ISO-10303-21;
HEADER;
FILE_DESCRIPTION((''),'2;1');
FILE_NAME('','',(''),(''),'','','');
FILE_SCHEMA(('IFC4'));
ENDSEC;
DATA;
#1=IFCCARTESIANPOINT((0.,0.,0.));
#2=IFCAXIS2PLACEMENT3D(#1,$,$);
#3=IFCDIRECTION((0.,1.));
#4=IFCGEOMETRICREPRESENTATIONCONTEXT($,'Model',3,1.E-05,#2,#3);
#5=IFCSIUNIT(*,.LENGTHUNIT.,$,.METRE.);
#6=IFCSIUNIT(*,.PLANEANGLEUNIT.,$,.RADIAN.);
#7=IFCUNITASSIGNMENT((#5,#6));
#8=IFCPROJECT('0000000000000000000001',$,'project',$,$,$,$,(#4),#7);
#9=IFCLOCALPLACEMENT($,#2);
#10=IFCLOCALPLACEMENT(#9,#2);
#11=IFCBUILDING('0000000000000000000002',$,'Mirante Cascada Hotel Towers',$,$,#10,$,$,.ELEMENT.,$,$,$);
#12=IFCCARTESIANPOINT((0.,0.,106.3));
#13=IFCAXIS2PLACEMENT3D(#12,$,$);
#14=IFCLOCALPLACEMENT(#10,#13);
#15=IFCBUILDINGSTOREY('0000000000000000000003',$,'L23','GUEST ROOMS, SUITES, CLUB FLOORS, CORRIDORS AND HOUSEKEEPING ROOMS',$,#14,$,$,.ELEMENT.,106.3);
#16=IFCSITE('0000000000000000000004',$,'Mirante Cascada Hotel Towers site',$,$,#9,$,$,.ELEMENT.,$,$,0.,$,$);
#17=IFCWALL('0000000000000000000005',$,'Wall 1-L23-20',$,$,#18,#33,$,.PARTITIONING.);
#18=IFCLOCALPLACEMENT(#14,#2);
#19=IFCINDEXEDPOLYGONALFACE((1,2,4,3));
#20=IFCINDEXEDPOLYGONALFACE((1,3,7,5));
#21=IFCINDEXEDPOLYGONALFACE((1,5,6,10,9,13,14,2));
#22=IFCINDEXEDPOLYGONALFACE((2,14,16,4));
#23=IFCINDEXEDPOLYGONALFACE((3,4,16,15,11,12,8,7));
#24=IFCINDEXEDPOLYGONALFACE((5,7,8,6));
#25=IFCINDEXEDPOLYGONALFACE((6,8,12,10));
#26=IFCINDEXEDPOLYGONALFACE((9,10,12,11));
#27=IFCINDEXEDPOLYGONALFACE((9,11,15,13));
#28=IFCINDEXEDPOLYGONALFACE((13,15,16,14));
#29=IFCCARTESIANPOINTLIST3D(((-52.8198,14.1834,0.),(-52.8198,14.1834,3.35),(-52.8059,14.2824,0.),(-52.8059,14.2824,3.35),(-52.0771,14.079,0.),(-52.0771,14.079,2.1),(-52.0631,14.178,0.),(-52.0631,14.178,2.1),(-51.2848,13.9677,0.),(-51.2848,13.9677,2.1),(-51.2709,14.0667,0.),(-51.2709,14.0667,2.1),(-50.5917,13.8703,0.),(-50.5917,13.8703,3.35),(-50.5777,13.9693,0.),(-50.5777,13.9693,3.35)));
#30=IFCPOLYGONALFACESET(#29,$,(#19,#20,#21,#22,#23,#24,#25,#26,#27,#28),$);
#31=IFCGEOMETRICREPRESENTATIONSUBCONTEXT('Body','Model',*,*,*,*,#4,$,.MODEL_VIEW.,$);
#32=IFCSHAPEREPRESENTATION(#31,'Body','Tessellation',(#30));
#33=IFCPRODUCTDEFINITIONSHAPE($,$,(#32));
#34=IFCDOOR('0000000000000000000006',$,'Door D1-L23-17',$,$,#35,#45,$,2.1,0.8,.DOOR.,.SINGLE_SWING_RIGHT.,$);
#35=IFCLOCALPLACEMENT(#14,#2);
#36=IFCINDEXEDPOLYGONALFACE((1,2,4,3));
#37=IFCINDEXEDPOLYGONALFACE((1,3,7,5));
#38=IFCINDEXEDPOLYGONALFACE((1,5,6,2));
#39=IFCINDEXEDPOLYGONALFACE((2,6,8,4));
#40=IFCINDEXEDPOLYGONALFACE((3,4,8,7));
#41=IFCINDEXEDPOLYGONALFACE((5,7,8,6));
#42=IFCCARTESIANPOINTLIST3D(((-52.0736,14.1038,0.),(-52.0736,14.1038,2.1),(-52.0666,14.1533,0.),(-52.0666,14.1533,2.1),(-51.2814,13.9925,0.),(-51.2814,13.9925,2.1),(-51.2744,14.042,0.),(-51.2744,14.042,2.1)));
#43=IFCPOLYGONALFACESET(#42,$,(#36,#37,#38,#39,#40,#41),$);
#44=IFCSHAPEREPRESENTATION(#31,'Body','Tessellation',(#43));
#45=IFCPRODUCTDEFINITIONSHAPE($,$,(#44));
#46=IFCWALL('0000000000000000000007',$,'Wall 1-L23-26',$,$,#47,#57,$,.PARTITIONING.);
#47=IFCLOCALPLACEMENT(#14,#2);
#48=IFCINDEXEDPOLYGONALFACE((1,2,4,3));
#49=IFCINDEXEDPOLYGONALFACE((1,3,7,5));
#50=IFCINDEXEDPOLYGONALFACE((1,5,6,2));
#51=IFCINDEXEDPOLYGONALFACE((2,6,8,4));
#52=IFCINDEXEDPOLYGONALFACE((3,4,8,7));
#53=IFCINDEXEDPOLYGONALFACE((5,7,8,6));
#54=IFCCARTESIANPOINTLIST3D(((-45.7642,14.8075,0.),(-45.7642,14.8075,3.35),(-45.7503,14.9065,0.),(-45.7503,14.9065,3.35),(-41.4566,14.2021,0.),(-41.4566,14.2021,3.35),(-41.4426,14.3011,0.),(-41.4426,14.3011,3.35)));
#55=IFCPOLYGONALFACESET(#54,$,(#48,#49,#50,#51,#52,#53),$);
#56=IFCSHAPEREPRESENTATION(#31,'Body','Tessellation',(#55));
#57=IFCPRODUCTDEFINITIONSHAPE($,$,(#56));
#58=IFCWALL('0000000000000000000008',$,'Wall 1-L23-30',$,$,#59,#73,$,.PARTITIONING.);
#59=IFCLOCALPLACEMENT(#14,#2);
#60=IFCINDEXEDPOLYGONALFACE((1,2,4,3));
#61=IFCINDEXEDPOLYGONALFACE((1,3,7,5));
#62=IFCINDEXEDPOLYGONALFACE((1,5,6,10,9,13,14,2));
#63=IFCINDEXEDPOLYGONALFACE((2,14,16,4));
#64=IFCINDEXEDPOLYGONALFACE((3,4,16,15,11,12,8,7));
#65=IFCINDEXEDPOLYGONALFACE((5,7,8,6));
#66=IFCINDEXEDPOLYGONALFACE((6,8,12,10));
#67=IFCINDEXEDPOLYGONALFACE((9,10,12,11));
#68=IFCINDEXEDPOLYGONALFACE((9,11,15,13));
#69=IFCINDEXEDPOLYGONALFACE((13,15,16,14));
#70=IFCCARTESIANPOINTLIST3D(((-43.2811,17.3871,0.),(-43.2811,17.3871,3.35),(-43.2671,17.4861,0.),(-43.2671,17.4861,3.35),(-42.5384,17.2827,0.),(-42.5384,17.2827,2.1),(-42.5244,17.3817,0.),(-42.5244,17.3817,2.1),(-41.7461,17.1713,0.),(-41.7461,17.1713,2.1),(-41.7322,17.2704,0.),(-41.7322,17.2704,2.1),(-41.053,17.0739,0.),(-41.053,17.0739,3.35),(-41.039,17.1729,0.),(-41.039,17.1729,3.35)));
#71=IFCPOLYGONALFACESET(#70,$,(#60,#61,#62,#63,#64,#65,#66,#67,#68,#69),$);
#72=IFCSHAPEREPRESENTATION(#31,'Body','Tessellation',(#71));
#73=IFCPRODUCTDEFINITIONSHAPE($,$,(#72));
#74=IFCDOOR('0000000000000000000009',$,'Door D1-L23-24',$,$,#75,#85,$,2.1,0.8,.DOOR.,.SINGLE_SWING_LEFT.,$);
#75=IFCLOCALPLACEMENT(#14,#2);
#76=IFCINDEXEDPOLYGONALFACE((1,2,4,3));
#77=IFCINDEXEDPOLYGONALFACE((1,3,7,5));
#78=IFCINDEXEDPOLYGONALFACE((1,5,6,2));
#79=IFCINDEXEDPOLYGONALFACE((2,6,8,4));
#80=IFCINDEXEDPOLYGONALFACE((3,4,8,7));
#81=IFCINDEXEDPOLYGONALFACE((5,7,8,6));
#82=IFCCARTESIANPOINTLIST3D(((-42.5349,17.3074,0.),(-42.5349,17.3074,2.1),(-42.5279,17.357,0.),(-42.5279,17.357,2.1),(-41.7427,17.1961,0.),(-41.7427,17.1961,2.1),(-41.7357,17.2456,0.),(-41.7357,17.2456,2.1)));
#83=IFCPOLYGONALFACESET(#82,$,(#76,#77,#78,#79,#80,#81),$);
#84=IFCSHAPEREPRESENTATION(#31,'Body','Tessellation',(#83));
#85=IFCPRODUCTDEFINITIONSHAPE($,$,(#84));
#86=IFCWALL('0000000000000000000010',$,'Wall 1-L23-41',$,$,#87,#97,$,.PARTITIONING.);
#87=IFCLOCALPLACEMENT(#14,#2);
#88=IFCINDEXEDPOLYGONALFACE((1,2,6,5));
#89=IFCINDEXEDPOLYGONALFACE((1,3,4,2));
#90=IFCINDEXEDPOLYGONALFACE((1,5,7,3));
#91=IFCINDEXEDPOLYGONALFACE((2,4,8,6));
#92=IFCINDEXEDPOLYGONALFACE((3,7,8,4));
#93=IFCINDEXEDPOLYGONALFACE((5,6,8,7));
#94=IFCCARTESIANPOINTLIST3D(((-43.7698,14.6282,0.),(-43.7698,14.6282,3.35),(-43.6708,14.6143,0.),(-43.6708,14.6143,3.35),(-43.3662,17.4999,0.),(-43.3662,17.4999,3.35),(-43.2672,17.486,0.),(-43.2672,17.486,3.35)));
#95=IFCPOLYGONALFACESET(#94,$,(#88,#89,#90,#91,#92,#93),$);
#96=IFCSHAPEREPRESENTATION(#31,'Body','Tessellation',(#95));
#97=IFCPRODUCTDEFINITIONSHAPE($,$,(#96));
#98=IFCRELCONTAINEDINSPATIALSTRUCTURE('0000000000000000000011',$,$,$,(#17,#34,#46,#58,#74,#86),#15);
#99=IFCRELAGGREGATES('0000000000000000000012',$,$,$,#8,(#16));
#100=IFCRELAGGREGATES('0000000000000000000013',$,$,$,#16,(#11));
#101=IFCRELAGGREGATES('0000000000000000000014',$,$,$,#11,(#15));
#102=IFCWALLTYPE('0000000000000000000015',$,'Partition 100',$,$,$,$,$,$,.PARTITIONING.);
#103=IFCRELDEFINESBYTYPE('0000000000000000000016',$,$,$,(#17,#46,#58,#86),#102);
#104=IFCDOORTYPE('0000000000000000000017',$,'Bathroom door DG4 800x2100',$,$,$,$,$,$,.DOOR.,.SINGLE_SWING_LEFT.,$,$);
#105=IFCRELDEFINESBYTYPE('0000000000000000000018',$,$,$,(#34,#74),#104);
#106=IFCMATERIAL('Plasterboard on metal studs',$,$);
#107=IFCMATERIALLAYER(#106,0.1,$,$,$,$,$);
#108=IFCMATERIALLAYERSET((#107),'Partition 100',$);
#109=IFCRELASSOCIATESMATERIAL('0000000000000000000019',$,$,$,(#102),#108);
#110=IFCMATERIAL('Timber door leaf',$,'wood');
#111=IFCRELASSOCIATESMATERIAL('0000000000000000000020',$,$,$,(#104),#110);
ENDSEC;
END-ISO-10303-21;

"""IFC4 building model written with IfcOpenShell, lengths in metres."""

from ifc_helpers import new_model, si_unit, direction, frame, frame_2d, origin, place, context, subcontext, project, spatial, rectangle, extrude, material, layer, layer_set, type_object, element, fill, save


model = new_model("IFC4")

# Units and contexts
model_context = context("Model", 3, precision=1e-05, world=origin(), true_north=direction((0.0, 1.0)))
body_context = subcontext(model_context, "Body", "Model", "MODEL_VIEW")
ifc_project = project(units=[si_unit("LENGTHUNIT", "METRE"), si_unit("PLANEANGLEUNIT", "RADIAN")], contexts=[model_context])

# Site, building, storey
site_placement = place(None, origin())
site = spatial("IfcSite", under=ifc_project, at=site_placement, Name="Mirante Cascada Hotel Towers site", CompositionType="ELEMENT", RefElevation=0.0)
building_placement = place(site_placement, origin())
building = spatial("IfcBuilding", under=site, at=building_placement, Name="Mirante Cascada Hotel Towers", CompositionType="ELEMENT")
storey_placement = place(building_placement, frame((0.0, 0.0, 106.3)))
storey = spatial("IfcBuildingStorey", under=building, at=storey_placement, Name="L23", Description="GUEST ROOMS, SUITES, CLUB FLOORS, CORRIDORS AND HOUSEKEEPING ROOMS", CompositionType="ELEMENT", Elevation=106.3)

# Wall, opening, door
ifc_material_1 = material(Name="Plasterboard on metal studs")
ifc_layer_1 = layer(ifc_material_1, 0.1)
ifc_layer_set_1 = layer_set([ifc_layer_1], Name="Partition 100")
wall_type_1 = type_object("IfcWallType", Name="Partition 100", PredefinedType="PARTITIONING", material=ifc_layer_set_1)
ifc_material_2 = material(Name="Timber door leaf", Category="wood")
door_type = type_object("IfcDoorType", Name="Bathroom door DG4 800x2100", OperationType="SINGLE_SWING_LEFT", PredefinedType="DOOR", material=ifc_material_2)
wall_1_placement = place(storey_placement, frame((-50.5847, 13.9198, 0.0), z_axis=(0.0, 0.0, 1.0), x_axis=(-0.990271, 0.139156, 0.0)))
wall_1 = element("IfcWall", 1, at=wall_1_placement, inside=storey, type_object=wall_type_1, Name="Wall 1-L23-20", PredefinedType="PARTITIONING", context=body_context, shape_type="SweptSolid", body=[
    extrude(rectangle(XDim=2.25, YDim=0.1, at=frame_2d((1.125, 0.0))), origin(), (0.0, 0.0, 1.0), 3.35),
])
opening_1_placement = place(wall_1_placement, frame((0.7, 0.0, 0.0)))
opening_1 = element("IfcOpeningElement", 2, at=opening_1_placement, cuts=wall_1, PredefinedType="OPENING", context=body_context, shape_type="SweptSolid", body=[
    extrude(rectangle(XDim=0.8, YDim=2.1, at=frame_2d((0.4, 1.05))), frame((0.0, 0.05, 0.0), z_axis=(0.0, -1.0, 0.0), x_axis=(1.0, 0.0, 0.0)), (0.0, 0.0, 1.0), 0.1),
])
door_1_placement = place(opening_1_placement, frame((0.8, 0.0, 0.0), z_axis=(0.0, 0.0, 1.0), x_axis=(-1.0, 0.0, 0.0)))
door_1 = element("IfcDoor", 3, at=door_1_placement, inside=storey, type_object=door_type, Name="Door D1-L23-17", OperationType="SINGLE_SWING_RIGHT", OverallHeight=2.1, OverallWidth=0.8, PredefinedType="DOOR", context=body_context, shape_type="SweptSolid", body=[
    extrude(rectangle(XDim=0.8, YDim=2.1, at=frame_2d((0.4, 1.05))), frame((0.0, 0.025, 0.0), z_axis=(0.0, -1.0, 0.0), x_axis=(1.0, 0.0, 0.0)), (0.0, 0.0, 1.0), 0.05),
])
fill(opening_1, door_1)

# Wall
wall_2_placement = place(storey_placement, frame((-41.4496, 14.2516, 0.0), z_axis=(0.0, 0.0, 1.0), x_axis=(-0.990268, 0.139171, 0.0)))
element("IfcWall", 4, at=wall_2_placement, inside=storey, type_object=wall_type_1, Name="Wall 1-L23-26", PredefinedType="PARTITIONING", context=body_context, shape_type="SweptSolid", body=[
    extrude(rectangle(XDim=4.35, YDim=0.1, at=frame_2d((2.175, 0.0))), origin(), (0.0, 0.0, 1.0), 3.35),
])

# Wall, opening, door
wall_3_placement = place(storey_placement, frame((-41.046, 17.1234, 0.0), z_axis=(0.0, 0.0, 1.0), x_axis=(-0.990264, 0.1392, 0.0)))
wall_3 = element("IfcWall", 5, at=wall_3_placement, inside=storey, type_object=wall_type_1, Name="Wall 1-L23-30", PredefinedType="PARTITIONING", context=body_context, shape_type="SweptSolid", body=[
    extrude(rectangle(XDim=2.25, YDim=0.1, at=frame_2d((1.125, 0.0))), origin(), (0.0, 0.0, 1.0), 3.35),
])
opening_2_placement = place(wall_3_placement, frame((0.7, 0.0, 0.0)))
opening_2 = element("IfcOpeningElement", 6, at=opening_2_placement, cuts=wall_3, PredefinedType="OPENING", context=body_context, shape_type="SweptSolid", body=[
    extrude(rectangle(XDim=0.8, YDim=2.1, at=frame_2d((0.4, 1.05))), frame((0.0, 0.05, 0.0), z_axis=(0.0, -1.0, 0.0), x_axis=(1.0, 0.0, 0.0)), (0.0, 0.0, 1.0), 0.1),
])
door_2_placement = place(opening_2_placement, origin())
door_2 = element("IfcDoor", 7, at=door_2_placement, inside=storey, type_object=door_type, Name="Door D1-L23-24", OperationType="SINGLE_SWING_LEFT", OverallHeight=2.1, OverallWidth=0.8, PredefinedType="DOOR", context=body_context, shape_type="SweptSolid", body=[
    extrude(rectangle(XDim=0.8, YDim=2.1, at=frame_2d((0.4, 1.05))), frame((0.0, 0.025, 0.0), z_axis=(0.0, -1.0, 0.0), x_axis=(1.0, 0.0, 0.0)), (0.0, 0.0, 1.0), 0.05),
])
fill(opening_2, door_2)

# Wall
wall_4_placement = place(storey_placement, frame((-43.3167, 17.493, 0.0), z_axis=(0.0, 0.0, 1.0), x_axis=(-0.139176, -0.990268, 0.0)))
element("IfcWall", 8, at=wall_4_placement, inside=storey, type_object=wall_type_1, Name="Wall 1-L23-41", PredefinedType="PARTITIONING", context=body_context, shape_type="SweptSolid", body=[
    extrude(rectangle(XDim=2.8999, YDim=0.1, at=frame_2d((1.45, 0.0))), origin(), (0.0, 0.0, 1.0), 3.35),
])

save(model, "model.ifc")
